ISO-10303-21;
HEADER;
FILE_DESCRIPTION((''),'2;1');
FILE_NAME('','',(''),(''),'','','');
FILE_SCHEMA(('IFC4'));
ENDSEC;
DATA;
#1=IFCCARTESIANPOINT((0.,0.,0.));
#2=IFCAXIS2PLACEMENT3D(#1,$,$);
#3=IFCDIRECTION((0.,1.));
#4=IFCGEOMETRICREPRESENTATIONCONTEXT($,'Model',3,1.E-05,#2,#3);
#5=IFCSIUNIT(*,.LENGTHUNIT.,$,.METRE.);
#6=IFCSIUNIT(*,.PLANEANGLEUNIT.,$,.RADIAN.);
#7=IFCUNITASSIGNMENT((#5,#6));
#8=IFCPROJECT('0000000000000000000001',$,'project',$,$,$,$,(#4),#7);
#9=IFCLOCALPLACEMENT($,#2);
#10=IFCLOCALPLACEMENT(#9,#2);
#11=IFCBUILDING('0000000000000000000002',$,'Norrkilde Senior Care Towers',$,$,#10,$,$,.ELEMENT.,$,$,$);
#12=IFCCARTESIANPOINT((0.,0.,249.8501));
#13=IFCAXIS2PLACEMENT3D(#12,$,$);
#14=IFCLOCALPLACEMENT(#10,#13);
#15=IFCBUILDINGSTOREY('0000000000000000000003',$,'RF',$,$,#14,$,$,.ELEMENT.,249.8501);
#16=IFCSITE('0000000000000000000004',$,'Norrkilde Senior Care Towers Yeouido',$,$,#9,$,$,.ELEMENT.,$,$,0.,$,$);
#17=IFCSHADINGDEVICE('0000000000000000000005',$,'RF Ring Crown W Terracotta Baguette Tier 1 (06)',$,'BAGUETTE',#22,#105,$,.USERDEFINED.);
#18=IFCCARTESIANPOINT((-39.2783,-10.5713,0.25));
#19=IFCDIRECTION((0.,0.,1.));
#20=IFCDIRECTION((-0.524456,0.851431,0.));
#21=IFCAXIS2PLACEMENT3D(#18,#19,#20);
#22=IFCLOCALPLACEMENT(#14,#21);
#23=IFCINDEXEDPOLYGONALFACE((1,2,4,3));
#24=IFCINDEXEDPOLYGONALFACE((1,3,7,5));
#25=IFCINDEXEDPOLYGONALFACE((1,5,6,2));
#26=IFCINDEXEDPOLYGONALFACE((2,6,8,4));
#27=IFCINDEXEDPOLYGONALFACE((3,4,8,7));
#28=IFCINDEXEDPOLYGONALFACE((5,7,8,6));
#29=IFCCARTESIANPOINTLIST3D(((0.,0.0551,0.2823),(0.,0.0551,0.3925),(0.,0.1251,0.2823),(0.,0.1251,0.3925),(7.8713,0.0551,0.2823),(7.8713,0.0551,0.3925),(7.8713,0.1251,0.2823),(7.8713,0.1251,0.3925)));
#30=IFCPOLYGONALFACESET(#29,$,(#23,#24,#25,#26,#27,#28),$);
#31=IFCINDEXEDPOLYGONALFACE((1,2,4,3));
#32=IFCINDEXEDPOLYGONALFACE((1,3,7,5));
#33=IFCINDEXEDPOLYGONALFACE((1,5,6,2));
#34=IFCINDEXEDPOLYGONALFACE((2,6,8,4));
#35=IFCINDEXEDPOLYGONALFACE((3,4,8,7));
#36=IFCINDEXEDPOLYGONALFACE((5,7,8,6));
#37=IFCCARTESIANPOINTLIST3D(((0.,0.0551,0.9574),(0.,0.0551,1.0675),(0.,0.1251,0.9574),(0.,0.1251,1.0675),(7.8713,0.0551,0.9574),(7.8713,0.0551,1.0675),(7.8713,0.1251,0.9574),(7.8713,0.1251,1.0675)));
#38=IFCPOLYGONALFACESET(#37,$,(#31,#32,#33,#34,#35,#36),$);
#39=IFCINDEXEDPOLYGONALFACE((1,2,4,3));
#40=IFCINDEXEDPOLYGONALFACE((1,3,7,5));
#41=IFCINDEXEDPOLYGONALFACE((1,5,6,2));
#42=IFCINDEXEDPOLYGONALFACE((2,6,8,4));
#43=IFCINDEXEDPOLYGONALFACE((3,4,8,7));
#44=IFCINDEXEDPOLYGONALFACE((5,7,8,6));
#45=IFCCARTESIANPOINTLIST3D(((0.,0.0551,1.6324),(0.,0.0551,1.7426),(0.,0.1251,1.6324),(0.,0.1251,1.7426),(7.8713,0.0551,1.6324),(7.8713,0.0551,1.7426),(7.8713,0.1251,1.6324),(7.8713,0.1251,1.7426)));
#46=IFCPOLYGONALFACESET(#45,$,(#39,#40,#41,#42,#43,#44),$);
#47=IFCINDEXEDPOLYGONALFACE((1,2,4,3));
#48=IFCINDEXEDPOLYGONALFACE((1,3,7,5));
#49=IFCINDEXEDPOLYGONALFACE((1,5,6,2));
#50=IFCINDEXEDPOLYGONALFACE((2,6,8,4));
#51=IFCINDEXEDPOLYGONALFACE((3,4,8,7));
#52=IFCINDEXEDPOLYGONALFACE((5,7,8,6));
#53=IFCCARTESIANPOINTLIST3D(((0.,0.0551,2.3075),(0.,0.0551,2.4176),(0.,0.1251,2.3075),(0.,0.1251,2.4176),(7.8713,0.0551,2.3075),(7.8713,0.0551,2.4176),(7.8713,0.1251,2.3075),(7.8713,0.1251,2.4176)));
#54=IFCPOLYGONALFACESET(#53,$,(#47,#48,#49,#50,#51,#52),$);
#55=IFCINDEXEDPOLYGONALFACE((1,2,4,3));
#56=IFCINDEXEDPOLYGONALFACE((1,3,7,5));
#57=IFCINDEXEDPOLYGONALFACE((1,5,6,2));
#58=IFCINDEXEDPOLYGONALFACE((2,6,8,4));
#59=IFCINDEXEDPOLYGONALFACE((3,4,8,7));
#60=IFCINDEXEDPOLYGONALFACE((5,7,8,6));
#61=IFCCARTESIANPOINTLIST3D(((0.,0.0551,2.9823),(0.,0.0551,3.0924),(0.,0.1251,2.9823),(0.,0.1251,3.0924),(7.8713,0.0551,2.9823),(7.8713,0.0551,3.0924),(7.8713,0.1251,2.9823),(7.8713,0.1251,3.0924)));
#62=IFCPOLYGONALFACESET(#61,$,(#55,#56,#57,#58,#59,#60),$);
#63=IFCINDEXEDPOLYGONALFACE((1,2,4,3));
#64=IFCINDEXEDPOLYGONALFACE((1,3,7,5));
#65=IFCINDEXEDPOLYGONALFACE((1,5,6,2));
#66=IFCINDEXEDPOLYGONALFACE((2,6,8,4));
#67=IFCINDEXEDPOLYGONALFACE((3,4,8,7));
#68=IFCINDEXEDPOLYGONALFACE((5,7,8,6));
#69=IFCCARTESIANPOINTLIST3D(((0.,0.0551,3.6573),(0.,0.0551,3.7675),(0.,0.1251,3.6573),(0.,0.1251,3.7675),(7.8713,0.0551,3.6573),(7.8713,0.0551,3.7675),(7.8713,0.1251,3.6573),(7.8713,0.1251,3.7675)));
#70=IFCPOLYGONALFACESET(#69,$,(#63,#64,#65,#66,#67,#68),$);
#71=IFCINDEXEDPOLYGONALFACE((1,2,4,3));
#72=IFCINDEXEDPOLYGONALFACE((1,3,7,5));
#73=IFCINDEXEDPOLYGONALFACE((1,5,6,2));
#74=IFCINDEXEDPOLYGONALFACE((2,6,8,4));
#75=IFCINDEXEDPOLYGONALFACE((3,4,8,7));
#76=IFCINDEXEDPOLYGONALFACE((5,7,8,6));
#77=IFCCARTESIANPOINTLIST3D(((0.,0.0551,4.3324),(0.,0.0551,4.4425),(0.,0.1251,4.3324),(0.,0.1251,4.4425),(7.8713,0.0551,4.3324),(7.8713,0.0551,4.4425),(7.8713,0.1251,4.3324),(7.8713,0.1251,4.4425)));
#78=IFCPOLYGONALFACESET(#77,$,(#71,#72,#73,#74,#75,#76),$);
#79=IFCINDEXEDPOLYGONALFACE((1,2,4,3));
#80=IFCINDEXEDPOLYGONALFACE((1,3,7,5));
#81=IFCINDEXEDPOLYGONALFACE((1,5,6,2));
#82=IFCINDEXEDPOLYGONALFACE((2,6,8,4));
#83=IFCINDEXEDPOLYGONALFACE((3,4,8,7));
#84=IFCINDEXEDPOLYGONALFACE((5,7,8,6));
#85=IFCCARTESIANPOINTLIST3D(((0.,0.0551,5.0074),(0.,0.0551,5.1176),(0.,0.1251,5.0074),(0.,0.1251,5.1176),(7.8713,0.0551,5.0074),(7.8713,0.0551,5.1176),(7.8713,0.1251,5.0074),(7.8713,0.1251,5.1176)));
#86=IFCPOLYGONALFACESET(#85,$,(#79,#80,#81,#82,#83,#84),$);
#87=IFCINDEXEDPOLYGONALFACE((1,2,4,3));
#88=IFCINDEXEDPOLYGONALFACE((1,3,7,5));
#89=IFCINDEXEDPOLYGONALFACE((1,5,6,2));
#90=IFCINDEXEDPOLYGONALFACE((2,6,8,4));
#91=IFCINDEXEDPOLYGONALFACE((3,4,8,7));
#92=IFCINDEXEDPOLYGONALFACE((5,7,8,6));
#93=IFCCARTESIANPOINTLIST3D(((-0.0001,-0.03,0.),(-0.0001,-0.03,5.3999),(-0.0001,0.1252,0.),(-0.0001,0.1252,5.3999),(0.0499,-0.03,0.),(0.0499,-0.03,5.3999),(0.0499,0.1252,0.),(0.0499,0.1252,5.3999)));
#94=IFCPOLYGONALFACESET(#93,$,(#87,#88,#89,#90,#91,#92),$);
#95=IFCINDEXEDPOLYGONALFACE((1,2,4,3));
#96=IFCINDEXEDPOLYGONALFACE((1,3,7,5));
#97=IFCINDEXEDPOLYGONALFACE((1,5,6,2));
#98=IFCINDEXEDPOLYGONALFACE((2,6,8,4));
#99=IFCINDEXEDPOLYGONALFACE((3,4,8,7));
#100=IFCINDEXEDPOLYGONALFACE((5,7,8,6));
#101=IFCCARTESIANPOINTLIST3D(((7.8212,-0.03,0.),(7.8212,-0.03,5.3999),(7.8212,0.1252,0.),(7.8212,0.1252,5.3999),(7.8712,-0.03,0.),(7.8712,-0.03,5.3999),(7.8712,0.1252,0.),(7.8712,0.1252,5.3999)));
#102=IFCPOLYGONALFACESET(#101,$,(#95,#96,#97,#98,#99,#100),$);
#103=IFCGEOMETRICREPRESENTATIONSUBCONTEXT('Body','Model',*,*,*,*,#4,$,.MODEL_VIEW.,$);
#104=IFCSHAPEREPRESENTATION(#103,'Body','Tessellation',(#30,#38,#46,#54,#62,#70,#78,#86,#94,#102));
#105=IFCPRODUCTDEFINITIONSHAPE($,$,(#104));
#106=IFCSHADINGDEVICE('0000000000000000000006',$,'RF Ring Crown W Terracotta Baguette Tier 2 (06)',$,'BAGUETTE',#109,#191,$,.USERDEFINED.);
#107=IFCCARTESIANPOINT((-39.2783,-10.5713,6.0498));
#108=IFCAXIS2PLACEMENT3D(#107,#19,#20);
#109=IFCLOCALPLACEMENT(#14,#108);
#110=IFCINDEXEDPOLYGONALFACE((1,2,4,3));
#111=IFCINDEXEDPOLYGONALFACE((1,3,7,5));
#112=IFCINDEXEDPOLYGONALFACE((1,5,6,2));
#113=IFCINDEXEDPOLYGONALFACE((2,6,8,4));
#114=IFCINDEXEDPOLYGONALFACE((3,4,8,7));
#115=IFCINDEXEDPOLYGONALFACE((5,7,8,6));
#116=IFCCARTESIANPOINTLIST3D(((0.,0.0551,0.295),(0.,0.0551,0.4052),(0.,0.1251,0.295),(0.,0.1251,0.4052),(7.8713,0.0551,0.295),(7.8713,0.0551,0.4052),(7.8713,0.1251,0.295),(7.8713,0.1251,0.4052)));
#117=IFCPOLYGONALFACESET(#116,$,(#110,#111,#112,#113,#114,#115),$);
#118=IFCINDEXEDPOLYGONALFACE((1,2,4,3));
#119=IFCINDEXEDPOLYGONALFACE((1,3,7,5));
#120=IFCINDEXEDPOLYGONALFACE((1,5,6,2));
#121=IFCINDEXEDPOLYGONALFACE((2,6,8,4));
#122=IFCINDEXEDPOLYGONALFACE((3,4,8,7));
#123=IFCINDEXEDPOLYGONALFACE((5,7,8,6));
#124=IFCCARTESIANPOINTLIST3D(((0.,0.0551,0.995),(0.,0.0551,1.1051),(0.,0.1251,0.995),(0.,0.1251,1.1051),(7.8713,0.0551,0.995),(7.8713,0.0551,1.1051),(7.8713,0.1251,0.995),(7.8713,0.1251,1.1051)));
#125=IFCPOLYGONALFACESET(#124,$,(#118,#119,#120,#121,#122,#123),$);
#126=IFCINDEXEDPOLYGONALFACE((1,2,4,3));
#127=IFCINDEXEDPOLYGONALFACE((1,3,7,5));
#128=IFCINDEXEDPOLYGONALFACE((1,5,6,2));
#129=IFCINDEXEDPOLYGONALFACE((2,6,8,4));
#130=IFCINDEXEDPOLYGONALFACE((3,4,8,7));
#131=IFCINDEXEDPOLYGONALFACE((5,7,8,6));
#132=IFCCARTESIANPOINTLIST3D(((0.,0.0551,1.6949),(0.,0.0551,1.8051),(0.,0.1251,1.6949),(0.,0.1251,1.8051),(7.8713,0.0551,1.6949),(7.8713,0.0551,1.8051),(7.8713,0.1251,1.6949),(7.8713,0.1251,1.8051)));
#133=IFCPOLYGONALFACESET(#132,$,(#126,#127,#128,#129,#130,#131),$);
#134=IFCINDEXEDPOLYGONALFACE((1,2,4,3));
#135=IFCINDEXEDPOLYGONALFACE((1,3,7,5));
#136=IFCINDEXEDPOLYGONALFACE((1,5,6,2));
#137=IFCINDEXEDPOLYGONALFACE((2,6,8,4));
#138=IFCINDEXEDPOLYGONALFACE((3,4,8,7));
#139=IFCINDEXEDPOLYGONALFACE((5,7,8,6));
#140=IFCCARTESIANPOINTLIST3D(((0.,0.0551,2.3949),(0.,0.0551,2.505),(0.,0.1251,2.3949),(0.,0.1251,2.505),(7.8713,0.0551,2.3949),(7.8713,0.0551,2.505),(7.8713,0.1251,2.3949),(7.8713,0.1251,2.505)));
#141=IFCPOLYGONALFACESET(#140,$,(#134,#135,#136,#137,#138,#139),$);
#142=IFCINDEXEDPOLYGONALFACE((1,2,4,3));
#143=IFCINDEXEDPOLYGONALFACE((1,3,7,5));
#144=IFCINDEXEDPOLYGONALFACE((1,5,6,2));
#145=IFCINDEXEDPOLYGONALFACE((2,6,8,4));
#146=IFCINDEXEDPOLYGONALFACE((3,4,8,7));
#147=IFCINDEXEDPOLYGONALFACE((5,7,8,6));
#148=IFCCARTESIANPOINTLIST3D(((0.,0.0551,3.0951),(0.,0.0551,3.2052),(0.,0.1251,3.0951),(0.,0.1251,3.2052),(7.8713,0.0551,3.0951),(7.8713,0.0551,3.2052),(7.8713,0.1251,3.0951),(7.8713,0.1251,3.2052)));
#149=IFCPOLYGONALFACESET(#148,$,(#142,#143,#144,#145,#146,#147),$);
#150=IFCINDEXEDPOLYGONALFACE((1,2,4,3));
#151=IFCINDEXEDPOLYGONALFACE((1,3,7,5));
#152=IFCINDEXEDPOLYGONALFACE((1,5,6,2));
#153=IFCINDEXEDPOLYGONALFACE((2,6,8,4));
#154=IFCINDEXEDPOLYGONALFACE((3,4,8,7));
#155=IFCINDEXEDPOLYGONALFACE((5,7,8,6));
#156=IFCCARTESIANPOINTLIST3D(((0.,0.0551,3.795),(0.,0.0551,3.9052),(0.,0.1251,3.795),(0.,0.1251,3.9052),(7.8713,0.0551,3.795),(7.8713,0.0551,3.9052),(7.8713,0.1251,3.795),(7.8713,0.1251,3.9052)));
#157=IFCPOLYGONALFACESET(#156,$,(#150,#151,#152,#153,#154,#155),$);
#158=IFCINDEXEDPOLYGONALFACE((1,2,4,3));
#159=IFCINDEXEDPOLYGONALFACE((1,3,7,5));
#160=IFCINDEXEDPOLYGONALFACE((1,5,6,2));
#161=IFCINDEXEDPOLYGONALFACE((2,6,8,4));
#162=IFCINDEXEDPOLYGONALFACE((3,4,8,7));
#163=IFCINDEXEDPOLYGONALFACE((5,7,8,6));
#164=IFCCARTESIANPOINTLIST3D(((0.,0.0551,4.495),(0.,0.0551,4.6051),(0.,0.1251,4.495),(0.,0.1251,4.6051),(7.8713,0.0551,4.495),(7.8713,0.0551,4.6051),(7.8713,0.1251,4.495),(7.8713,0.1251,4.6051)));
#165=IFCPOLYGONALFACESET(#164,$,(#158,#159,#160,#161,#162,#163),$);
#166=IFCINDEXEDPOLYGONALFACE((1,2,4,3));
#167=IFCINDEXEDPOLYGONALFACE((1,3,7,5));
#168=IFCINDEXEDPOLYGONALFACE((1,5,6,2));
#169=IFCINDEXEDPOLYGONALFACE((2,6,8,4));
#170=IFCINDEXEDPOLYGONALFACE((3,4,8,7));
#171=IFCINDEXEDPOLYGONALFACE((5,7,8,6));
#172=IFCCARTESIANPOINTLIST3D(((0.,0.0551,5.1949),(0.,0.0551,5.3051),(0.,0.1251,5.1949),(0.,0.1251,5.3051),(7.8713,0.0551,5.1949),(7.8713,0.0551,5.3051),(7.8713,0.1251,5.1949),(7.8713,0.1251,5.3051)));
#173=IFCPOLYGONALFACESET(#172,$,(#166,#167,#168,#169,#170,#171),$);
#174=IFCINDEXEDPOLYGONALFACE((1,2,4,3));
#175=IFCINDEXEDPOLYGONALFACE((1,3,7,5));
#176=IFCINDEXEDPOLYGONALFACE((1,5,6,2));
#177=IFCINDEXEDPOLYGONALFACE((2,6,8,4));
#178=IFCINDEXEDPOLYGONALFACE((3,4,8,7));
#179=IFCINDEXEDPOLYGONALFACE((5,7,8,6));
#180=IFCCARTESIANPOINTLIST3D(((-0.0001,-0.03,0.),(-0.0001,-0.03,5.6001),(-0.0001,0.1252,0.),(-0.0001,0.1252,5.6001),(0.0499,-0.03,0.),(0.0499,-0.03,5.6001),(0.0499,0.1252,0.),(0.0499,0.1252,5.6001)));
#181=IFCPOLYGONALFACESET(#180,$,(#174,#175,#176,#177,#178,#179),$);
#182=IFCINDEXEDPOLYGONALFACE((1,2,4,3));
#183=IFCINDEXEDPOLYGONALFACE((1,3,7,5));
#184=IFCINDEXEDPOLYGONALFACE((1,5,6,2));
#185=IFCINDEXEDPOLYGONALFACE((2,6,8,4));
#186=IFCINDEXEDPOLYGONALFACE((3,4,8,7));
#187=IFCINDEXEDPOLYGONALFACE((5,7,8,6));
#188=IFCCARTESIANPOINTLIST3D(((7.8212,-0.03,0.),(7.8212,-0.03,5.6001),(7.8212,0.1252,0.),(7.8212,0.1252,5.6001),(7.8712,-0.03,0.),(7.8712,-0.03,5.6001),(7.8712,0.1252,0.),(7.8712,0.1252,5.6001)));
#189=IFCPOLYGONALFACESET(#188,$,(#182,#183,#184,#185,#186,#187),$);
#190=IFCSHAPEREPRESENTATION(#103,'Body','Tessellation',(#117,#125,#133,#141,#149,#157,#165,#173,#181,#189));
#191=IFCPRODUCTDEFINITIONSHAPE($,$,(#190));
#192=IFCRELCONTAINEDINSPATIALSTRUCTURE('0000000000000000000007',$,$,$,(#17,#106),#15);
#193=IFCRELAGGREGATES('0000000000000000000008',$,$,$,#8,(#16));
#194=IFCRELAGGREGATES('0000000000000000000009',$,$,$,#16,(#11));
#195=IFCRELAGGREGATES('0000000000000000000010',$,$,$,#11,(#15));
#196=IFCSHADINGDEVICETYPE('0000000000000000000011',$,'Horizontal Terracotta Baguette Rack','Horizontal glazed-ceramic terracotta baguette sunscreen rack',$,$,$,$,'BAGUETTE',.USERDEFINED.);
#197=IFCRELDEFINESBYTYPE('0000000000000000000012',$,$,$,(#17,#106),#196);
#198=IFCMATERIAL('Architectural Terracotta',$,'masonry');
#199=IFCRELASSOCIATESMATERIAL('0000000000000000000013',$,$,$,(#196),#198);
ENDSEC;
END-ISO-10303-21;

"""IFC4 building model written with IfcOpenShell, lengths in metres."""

from ifc_helpers import new_model, si_unit, direction, frame, origin, origin_2d, place, context, subcontext, project, spatial, rectangle, extrude, source, transform, mapped, material, type_object, element, save


model = new_model("IFC4")

# Units and contexts
model_context = context("Model", 3, precision=1e-05, world=origin(), true_north=direction((0.0, 1.0)))
body_context = subcontext(model_context, "Body", "Model", "MODEL_VIEW")
ifc_project = project(units=[si_unit("LENGTHUNIT", "METRE"), si_unit("PLANEANGLEUNIT", "RADIAN")], contexts=[model_context])

# Site, building, storey
site_placement = place(None, origin())
site = spatial("IfcSite", under=ifc_project, at=site_placement, Name="Norrkilde Senior Care Towers Yeouido", CompositionType="ELEMENT", RefElevation=0.0)
building_placement = place(site_placement, origin())
building = spatial("IfcBuilding", under=site, at=building_placement, Name="Norrkilde Senior Care Towers", CompositionType="ELEMENT")
storey_placement = place(building_placement, frame((0.0, 0.0, 249.8501)))
storey = spatial("IfcBuildingStorey", under=building, at=storey_placement, Name="RF", CompositionType="ELEMENT", Elevation=249.8501)

# Shared definitions
ifc_material_1 = material(Name="Architectural Terracotta", Category="masonry")

# Shading devices
shading_device_type = type_object("IfcShadingDeviceType", Name="Horizontal Terracotta Baguette Rack", Description="Horizontal glazed-ceramic terracotta baguette sunscreen rack", ElementType="BAGUETTE", PredefinedType="USERDEFINED", material=ifc_material_1)
shared_shape_1 = source(origin(), body_context, "Body", "SweptSolid", [
    extrude(rectangle(XDim=0.0701, YDim=0.1101, at=origin_2d()), frame((0.0, 0.0901, 0.3374), z_axis=(1.0, 0.0, 0.0), x_axis=(0.0, 1.0, 0.0)), (0.0, 0.0, 1.0), 7.8713),
    extrude(rectangle(XDim=0.0701, YDim=0.1101, at=origin_2d()), frame((0.0, 0.0901, 1.0125), z_axis=(1.0, 0.0, 0.0), x_axis=(0.0, 1.0, 0.0)), (0.0, 0.0, 1.0), 7.8713),
    extrude(rectangle(XDim=0.0701, YDim=0.1101, at=origin_2d()), frame((0.0, 0.0901, 1.6875), z_axis=(1.0, 0.0, 0.0), x_axis=(0.0, 1.0, 0.0)), (0.0, 0.0, 1.0), 7.8713),
    extrude(rectangle(XDim=0.0701, YDim=0.1101, at=origin_2d()), frame((0.0, 0.0901, 2.3625), z_axis=(1.0, 0.0, 0.0), x_axis=(0.0, 1.0, 0.0)), (0.0, 0.0, 1.0), 7.8713),
    extrude(rectangle(XDim=0.0701, YDim=0.1101, at=origin_2d()), frame((0.0, 0.0901, 3.0374), z_axis=(1.0, 0.0, 0.0), x_axis=(0.0, 1.0, 0.0)), (0.0, 0.0, 1.0), 7.8713),
    extrude(rectangle(XDim=0.0701, YDim=0.1101, at=origin_2d()), frame((0.0, 0.0901, 3.7124), z_axis=(1.0, 0.0, 0.0), x_axis=(0.0, 1.0, 0.0)), (0.0, 0.0, 1.0), 7.8713),
    extrude(rectangle(XDim=0.0701, YDim=0.1101, at=origin_2d()), frame((0.0, 0.0901, 4.3875), z_axis=(1.0, 0.0, 0.0), x_axis=(0.0, 1.0, 0.0)), (0.0, 0.0, 1.0), 7.8713),
    extrude(rectangle(XDim=0.0701, YDim=0.1101, at=origin_2d()), frame((0.0, 0.0901, 5.0625), z_axis=(1.0, 0.0, 0.0), x_axis=(0.0, 1.0, 0.0)), (0.0, 0.0, 1.0), 7.8713),
    extrude(rectangle(XDim=0.05, YDim=0.1553, at=origin_2d()), frame((0.0249, 0.0476, 0.0)), (0.0, 0.0, 1.0), 5.3999),
    extrude(rectangle(XDim=0.05, YDim=0.1553, at=origin_2d()), frame((7.8462, 0.0476, 0.0)), (0.0, 0.0, 1.0), 5.3999),
])
shading_device_1_placement = place(storey_placement, frame((-39.2783, -10.5713, 0.25), z_axis=(0.0, 0.0, 1.0), x_axis=(-0.524456, 0.851431, 0.0)))
element("IfcShadingDevice", 1, at=shading_device_1_placement, inside=storey, type_object=shading_device_type, Name="RF Ring Crown W Terracotta Baguette Tier 1 (06)", ObjectType="BAGUETTE", PredefinedType="USERDEFINED", context=body_context, shape_type="MappedRepresentation", body=[
    mapped(shared_shape_1, transform((0.0, 0.0, 0.0), x_axis=(1.0, 0.0, 0.0), y_axis=(0.0, 1.0, 0.0), z_axis=(0.0, 0.0, 1.0), scale=1.0)),
])
shared_shape_2 = source(origin(), body_context, "Body", "SweptSolid", [
    extrude(rectangle(XDim=0.0701, YDim=0.1101, at=origin_2d()), frame((0.0, 0.0901, 0.3501), z_axis=(1.0, 0.0, 0.0), x_axis=(0.0, 1.0, 0.0)), (0.0, 0.0, 1.0), 7.8713),
    extrude(rectangle(XDim=0.0701, YDim=0.1101, at=origin_2d()), frame((0.0, 0.0901, 1.05), z_axis=(1.0, 0.0, 0.0), x_axis=(0.0, 1.0, 0.0)), (0.0, 0.0, 1.0), 7.8713),
    extrude(rectangle(XDim=0.0701, YDim=0.1101, at=origin_2d()), frame((0.0, 0.0901, 1.75), z_axis=(1.0, 0.0, 0.0), x_axis=(0.0, 1.0, 0.0)), (0.0, 0.0, 1.0), 7.8713),
    extrude(rectangle(XDim=0.0701, YDim=0.1101, at=origin_2d()), frame((0.0, 0.0901, 2.45), z_axis=(1.0, 0.0, 0.0), x_axis=(0.0, 1.0, 0.0)), (0.0, 0.0, 1.0), 7.8713),
    extrude(rectangle(XDim=0.0701, YDim=0.1101, at=origin_2d()), frame((0.0, 0.0901, 3.1501), z_axis=(1.0, 0.0, 0.0), x_axis=(0.0, 1.0, 0.0)), (0.0, 0.0, 1.0), 7.8713),
    extrude(rectangle(XDim=0.0701, YDim=0.1101, at=origin_2d()), frame((0.0, 0.0901, 3.8501), z_axis=(1.0, 0.0, 0.0), x_axis=(0.0, 1.0, 0.0)), (0.0, 0.0, 1.0), 7.8713),
    extrude(rectangle(XDim=0.0701, YDim=0.1101, at=origin_2d()), frame((0.0, 0.0901, 4.55), z_axis=(1.0, 0.0, 0.0), x_axis=(0.0, 1.0, 0.0)), (0.0, 0.0, 1.0), 7.8713),
    extrude(rectangle(XDim=0.0701, YDim=0.1101, at=origin_2d()), frame((0.0, 0.0901, 5.25), z_axis=(1.0, 0.0, 0.0), x_axis=(0.0, 1.0, 0.0)), (0.0, 0.0, 1.0), 7.8713),
    extrude(rectangle(XDim=0.05, YDim=0.1553, at=origin_2d()), frame((0.0249, 0.0476, 0.0)), (0.0, 0.0, 1.0), 5.6001),
    extrude(rectangle(XDim=0.05, YDim=0.1553, at=origin_2d()), frame((7.8462, 0.0476, 0.0)), (0.0, 0.0, 1.0), 5.6001),
])
shading_device_2_placement = place(storey_placement, frame((-39.2783, -10.5713, 6.0498), z_axis=(0.0, 0.0, 1.0), x_axis=(-0.524456, 0.851431, 0.0)))
element("IfcShadingDevice", 2, at=shading_device_2_placement, inside=storey, type_object=shading_device_type, Name="RF Ring Crown W Terracotta Baguette Tier 2 (06)", ObjectType="BAGUETTE", PredefinedType="USERDEFINED", context=body_context, shape_type="MappedRepresentation", body=[
    mapped(shared_shape_2, transform((0.0, 0.0, 0.0), x_axis=(1.0, 0.0, 0.0), y_axis=(0.0, 1.0, 0.0), z_axis=(0.0, 0.0, 1.0), scale=1.0)),
])

save(model, "model.ifc")
